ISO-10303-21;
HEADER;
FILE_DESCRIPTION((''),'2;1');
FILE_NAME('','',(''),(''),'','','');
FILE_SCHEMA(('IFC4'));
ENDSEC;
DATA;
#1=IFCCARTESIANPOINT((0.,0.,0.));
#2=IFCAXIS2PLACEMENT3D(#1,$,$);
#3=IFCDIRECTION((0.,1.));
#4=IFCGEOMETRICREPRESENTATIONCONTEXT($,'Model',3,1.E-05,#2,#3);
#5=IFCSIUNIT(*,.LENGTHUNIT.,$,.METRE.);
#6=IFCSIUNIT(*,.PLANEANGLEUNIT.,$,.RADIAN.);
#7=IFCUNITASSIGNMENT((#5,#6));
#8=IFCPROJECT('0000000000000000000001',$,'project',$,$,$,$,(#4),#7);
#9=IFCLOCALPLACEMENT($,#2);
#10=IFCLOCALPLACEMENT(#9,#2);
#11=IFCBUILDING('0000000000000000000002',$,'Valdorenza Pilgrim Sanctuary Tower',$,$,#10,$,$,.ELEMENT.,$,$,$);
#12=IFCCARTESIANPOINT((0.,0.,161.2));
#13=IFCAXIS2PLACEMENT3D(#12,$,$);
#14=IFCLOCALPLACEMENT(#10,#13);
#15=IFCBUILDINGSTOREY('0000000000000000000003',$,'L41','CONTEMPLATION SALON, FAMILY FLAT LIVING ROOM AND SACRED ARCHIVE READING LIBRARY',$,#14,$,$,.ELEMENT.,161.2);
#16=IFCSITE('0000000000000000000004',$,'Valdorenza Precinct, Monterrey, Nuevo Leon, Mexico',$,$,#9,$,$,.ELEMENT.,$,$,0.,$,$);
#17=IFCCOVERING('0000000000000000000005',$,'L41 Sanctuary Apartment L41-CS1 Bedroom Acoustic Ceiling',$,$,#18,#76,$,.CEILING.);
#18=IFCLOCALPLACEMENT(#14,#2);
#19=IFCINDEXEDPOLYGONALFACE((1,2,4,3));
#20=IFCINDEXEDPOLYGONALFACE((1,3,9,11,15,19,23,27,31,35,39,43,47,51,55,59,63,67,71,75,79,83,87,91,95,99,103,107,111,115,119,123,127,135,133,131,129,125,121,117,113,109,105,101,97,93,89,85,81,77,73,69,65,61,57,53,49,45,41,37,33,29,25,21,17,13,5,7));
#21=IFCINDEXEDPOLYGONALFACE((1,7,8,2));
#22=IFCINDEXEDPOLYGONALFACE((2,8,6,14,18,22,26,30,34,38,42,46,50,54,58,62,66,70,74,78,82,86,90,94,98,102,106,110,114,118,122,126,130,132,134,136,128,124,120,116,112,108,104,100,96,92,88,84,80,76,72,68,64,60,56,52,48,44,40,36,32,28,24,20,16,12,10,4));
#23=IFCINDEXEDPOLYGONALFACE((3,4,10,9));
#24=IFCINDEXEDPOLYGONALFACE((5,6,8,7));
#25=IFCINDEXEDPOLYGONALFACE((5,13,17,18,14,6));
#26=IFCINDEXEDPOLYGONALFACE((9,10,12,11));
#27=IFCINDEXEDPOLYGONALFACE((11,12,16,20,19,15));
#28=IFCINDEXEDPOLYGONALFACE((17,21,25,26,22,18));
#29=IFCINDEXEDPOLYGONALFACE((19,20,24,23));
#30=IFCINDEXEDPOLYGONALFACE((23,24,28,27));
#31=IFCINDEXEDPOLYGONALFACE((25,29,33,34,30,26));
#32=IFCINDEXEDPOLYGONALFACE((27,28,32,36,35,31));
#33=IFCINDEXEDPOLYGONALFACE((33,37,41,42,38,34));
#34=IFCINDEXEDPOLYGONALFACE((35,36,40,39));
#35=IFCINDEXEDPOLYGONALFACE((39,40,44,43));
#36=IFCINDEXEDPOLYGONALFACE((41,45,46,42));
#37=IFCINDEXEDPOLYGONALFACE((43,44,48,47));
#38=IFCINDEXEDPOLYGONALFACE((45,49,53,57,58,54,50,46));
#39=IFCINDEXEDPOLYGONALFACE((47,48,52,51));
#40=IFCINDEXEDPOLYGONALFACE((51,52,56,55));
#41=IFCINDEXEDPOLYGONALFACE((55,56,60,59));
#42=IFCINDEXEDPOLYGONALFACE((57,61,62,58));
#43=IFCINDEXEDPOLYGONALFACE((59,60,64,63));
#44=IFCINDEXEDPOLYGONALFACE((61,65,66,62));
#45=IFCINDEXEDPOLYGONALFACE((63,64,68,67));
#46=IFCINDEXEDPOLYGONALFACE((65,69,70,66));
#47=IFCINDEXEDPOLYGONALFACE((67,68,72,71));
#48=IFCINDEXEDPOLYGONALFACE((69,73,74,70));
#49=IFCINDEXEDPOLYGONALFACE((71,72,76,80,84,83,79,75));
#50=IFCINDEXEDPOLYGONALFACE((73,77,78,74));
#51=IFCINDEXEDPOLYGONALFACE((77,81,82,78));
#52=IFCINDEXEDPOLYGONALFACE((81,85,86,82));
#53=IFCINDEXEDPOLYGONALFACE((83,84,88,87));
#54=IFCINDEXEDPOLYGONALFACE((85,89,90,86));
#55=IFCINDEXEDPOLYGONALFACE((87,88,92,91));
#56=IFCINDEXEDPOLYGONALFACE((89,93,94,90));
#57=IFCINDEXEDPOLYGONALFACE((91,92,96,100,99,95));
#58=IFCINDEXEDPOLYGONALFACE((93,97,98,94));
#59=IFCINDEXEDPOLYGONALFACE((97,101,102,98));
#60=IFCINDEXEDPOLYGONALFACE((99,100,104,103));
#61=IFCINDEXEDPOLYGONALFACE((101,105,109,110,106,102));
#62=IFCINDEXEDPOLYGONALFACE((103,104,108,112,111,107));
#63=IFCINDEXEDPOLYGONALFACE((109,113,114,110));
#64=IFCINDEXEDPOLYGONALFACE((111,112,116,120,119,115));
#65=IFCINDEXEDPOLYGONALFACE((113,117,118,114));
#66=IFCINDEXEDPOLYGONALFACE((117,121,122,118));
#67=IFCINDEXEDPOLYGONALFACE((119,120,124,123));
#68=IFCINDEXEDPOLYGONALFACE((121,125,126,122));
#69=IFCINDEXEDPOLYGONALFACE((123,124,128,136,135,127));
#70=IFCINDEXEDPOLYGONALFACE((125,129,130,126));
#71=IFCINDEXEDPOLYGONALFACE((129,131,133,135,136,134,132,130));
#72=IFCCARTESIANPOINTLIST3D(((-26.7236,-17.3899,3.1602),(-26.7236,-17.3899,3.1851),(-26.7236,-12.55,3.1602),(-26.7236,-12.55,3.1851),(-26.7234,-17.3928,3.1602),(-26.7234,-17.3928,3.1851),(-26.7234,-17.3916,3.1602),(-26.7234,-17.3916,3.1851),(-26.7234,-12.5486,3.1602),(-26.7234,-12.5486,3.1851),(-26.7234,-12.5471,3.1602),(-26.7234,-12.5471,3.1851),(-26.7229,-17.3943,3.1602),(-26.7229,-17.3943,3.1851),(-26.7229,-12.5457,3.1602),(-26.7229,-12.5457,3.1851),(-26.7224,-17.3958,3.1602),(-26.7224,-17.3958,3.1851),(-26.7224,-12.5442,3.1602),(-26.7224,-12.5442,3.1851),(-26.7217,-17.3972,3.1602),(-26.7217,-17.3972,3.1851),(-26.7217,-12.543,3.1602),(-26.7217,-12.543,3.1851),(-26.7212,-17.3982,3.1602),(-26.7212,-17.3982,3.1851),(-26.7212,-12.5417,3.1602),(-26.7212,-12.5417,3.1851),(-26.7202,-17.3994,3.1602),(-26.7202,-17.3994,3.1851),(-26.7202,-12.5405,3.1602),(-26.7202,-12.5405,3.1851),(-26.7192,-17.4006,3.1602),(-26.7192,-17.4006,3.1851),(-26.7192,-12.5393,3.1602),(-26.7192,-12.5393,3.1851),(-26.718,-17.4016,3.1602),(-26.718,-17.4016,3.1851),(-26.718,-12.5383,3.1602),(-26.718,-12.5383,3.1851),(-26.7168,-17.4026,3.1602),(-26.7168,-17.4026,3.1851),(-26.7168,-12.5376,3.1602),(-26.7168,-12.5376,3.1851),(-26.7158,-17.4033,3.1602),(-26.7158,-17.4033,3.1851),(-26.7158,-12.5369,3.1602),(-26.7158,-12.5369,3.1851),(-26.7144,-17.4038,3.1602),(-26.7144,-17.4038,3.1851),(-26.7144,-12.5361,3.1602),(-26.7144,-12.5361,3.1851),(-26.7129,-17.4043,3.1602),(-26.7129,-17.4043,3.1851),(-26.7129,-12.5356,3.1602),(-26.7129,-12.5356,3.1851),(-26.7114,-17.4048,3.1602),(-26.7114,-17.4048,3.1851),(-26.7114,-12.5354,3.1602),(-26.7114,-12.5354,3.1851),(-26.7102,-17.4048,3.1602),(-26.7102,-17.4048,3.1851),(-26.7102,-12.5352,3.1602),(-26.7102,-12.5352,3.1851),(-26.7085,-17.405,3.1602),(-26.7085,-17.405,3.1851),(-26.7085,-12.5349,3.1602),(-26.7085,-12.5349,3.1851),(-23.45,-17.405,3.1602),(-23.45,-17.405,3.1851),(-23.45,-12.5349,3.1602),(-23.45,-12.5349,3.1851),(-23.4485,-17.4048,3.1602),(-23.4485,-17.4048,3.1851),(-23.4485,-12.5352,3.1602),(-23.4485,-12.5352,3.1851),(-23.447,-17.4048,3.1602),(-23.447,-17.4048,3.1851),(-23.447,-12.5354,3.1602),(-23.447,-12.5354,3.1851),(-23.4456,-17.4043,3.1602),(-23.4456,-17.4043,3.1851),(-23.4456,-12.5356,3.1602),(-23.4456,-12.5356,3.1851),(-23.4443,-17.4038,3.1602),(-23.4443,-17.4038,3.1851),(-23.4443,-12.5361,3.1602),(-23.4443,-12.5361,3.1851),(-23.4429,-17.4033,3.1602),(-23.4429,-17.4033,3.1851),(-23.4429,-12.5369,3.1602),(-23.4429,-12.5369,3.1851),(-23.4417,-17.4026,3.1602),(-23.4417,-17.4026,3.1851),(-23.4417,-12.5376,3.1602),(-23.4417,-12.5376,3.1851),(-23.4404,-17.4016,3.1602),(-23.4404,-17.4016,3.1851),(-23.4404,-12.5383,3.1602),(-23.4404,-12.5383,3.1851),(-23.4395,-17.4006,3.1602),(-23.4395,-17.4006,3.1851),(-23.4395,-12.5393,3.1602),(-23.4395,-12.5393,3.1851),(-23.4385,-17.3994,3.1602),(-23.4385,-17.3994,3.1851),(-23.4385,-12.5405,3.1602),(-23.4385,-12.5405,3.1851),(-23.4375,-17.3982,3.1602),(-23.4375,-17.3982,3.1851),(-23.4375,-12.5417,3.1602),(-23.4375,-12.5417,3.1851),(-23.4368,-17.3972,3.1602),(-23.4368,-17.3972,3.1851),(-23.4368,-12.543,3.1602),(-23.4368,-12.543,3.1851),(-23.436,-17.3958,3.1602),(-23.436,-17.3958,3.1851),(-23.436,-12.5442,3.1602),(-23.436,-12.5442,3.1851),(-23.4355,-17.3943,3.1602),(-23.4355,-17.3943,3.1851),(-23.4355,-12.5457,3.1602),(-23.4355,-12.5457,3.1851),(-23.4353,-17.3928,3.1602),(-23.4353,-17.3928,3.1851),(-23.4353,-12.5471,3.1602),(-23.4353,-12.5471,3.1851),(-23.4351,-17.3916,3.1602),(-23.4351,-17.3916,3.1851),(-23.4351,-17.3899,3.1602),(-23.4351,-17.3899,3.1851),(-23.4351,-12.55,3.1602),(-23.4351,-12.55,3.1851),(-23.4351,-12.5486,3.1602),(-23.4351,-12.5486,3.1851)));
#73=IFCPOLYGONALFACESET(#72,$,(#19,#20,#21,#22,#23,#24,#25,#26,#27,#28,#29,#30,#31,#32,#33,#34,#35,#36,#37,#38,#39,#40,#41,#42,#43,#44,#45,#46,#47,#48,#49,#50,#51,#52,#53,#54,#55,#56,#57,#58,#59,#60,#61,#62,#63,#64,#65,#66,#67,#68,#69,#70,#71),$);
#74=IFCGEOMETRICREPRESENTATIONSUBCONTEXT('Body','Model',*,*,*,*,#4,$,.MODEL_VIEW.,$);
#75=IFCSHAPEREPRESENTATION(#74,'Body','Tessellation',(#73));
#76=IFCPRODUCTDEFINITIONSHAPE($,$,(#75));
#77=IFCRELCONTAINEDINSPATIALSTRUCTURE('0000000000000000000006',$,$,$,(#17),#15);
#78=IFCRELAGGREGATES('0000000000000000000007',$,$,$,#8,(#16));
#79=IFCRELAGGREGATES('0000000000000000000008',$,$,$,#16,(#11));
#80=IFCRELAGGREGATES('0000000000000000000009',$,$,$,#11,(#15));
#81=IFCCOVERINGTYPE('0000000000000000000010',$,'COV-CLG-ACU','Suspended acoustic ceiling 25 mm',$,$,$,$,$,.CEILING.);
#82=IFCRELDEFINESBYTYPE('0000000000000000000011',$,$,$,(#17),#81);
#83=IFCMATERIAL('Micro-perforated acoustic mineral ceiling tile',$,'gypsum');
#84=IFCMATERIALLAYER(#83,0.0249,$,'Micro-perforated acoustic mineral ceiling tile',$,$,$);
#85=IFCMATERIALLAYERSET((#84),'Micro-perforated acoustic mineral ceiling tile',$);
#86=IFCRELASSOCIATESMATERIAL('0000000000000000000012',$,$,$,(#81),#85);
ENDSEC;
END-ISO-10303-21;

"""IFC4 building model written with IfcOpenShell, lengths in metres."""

from ifc_helpers import new_model, si_unit, direction, frame, origin, place, context, subcontext, project, spatial, polyline, outline, extrude, material, layer, layer_set, type_object, element, save


model = new_model("IFC4")

# Units and contexts
model_context = context("Model", 3, precision=1e-05, world=origin(), true_north=direction((0.0, 1.0)))
body_context = subcontext(model_context, "Body", "Model", "MODEL_VIEW")
ifc_project = project(units=[si_unit("LENGTHUNIT", "METRE"), si_unit("PLANEANGLEUNIT", "RADIAN")], contexts=[model_context])

# Site, building, storey
site_placement = place(None, origin())
site = spatial("IfcSite", under=ifc_project, at=site_placement, Name="Valdorenza Precinct, Monterrey, Nuevo Leon, Mexico", CompositionType="ELEMENT", RefElevation=0.0)
building_placement = place(site_placement, origin())
building = spatial("IfcBuilding", under=site, at=building_placement, Name="Valdorenza Pilgrim Sanctuary Tower", CompositionType="ELEMENT")
storey_placement = place(building_placement, frame((0.0, 0.0, 161.2)))
storey = spatial("IfcBuildingStorey", under=building, at=storey_placement, Name="L41", Description="CONTEMPLATION SALON, FAMILY FLAT LIVING ROOM AND SACRED ARCHIVE READING LIBRARY", CompositionType="ELEMENT", Elevation=161.2)

# Covering
ifc_material_1 = material(Name="Micro-perforated acoustic mineral ceiling tile", Category="gypsum")
ifc_layer_1 = layer(ifc_material_1, 0.0249, Name="Micro-perforated acoustic mineral ceiling tile")
ifc_layer_set_1 = layer_set([ifc_layer_1], Name="Micro-perforated acoustic mineral ceiling tile")
covering_type_1 = type_object("IfcCoveringType", Name="COV-CLG-ACU", Description="Suspended acoustic ceiling 25 mm", PredefinedType="CEILING", material=ifc_layer_set_1)
covering_1_placement = place(storey_placement, frame((0.0, 0.0, 3.1602)))
element("IfcCovering", 1, at=covering_1_placement, inside=storey, type_object=covering_type_1, Name="L41 Sanctuary Apartment L41-CS1 Bedroom Acoustic Ceiling", PredefinedType="CEILING", context=body_context, shape_type="SweptSolid", body=[
    extrude(outline(polyline([(-26.7236, -12.55), (-26.7234, -12.5486), (-26.7234, -12.5471), (-26.7229, -12.5457), (-26.7224, -12.5442), (-26.7217, -12.543), (-26.7212, -12.5417), (-26.7202, -12.5405), (-26.7192, -12.5393), (-26.718, -12.5383), (-26.7168, -12.5376), (-26.7158, -12.5369), (-26.7144, -12.5361), (-26.7129, -12.5356), (-26.7114, -12.5354), (-26.7102, -12.5352), (-26.7085, -12.5349), (-23.45, -12.5349), (-23.4485, -12.5352), (-23.447, -12.5354), (-23.4456, -12.5356), (-23.4443, -12.5361), (-23.4429, -12.5369), (-23.4417, -12.5376), (-23.4404, -12.5383), (-23.4395, -12.5393), (-23.4385, -12.5405), (-23.4375, -12.5417), (-23.4368, -12.543), (-23.436, -12.5442), (-23.4355, -12.5457), (-23.4353, -12.5471), (-23.4351, -12.5486), (-23.4351, -12.55), (-23.4351, -17.3899), (-23.4351, -17.3916), (-23.4353, -17.3928), (-23.4355, -17.3943), (-23.436, -17.3958), (-23.4368, -17.3972), (-23.4375, -17.3982), (-23.4385, -17.3994), (-23.4395, -17.4006), (-23.4404, -17.4016), (-23.4417, -17.4026), (-23.4429, -17.4033), (-23.4443, -17.4038), (-23.4456, -17.4043), (-23.447, -17.4048), (-23.4485, -17.4048), (-23.45, -17.405), (-26.7085, -17.405), (-26.7102, -17.4048), (-26.7114, -17.4048), (-26.7129, -17.4043), (-26.7144, -17.4038), (-26.7158, -17.4033), (-26.7168, -17.4026), (-26.718, -17.4016), (-26.7192, -17.4006), (-26.7202, -17.3994), (-26.7212, -17.3982), (-26.7217, -17.3972), (-26.7224, -17.3958), (-26.7229, -17.3943), (-26.7234, -17.3928), (-26.7234, -17.3916), (-26.7236, -17.3899), (-26.7236, -12.55)])), origin(), (0.0, 0.0, 1.0), 0.0249),
])

save(model, "model.ifc")
